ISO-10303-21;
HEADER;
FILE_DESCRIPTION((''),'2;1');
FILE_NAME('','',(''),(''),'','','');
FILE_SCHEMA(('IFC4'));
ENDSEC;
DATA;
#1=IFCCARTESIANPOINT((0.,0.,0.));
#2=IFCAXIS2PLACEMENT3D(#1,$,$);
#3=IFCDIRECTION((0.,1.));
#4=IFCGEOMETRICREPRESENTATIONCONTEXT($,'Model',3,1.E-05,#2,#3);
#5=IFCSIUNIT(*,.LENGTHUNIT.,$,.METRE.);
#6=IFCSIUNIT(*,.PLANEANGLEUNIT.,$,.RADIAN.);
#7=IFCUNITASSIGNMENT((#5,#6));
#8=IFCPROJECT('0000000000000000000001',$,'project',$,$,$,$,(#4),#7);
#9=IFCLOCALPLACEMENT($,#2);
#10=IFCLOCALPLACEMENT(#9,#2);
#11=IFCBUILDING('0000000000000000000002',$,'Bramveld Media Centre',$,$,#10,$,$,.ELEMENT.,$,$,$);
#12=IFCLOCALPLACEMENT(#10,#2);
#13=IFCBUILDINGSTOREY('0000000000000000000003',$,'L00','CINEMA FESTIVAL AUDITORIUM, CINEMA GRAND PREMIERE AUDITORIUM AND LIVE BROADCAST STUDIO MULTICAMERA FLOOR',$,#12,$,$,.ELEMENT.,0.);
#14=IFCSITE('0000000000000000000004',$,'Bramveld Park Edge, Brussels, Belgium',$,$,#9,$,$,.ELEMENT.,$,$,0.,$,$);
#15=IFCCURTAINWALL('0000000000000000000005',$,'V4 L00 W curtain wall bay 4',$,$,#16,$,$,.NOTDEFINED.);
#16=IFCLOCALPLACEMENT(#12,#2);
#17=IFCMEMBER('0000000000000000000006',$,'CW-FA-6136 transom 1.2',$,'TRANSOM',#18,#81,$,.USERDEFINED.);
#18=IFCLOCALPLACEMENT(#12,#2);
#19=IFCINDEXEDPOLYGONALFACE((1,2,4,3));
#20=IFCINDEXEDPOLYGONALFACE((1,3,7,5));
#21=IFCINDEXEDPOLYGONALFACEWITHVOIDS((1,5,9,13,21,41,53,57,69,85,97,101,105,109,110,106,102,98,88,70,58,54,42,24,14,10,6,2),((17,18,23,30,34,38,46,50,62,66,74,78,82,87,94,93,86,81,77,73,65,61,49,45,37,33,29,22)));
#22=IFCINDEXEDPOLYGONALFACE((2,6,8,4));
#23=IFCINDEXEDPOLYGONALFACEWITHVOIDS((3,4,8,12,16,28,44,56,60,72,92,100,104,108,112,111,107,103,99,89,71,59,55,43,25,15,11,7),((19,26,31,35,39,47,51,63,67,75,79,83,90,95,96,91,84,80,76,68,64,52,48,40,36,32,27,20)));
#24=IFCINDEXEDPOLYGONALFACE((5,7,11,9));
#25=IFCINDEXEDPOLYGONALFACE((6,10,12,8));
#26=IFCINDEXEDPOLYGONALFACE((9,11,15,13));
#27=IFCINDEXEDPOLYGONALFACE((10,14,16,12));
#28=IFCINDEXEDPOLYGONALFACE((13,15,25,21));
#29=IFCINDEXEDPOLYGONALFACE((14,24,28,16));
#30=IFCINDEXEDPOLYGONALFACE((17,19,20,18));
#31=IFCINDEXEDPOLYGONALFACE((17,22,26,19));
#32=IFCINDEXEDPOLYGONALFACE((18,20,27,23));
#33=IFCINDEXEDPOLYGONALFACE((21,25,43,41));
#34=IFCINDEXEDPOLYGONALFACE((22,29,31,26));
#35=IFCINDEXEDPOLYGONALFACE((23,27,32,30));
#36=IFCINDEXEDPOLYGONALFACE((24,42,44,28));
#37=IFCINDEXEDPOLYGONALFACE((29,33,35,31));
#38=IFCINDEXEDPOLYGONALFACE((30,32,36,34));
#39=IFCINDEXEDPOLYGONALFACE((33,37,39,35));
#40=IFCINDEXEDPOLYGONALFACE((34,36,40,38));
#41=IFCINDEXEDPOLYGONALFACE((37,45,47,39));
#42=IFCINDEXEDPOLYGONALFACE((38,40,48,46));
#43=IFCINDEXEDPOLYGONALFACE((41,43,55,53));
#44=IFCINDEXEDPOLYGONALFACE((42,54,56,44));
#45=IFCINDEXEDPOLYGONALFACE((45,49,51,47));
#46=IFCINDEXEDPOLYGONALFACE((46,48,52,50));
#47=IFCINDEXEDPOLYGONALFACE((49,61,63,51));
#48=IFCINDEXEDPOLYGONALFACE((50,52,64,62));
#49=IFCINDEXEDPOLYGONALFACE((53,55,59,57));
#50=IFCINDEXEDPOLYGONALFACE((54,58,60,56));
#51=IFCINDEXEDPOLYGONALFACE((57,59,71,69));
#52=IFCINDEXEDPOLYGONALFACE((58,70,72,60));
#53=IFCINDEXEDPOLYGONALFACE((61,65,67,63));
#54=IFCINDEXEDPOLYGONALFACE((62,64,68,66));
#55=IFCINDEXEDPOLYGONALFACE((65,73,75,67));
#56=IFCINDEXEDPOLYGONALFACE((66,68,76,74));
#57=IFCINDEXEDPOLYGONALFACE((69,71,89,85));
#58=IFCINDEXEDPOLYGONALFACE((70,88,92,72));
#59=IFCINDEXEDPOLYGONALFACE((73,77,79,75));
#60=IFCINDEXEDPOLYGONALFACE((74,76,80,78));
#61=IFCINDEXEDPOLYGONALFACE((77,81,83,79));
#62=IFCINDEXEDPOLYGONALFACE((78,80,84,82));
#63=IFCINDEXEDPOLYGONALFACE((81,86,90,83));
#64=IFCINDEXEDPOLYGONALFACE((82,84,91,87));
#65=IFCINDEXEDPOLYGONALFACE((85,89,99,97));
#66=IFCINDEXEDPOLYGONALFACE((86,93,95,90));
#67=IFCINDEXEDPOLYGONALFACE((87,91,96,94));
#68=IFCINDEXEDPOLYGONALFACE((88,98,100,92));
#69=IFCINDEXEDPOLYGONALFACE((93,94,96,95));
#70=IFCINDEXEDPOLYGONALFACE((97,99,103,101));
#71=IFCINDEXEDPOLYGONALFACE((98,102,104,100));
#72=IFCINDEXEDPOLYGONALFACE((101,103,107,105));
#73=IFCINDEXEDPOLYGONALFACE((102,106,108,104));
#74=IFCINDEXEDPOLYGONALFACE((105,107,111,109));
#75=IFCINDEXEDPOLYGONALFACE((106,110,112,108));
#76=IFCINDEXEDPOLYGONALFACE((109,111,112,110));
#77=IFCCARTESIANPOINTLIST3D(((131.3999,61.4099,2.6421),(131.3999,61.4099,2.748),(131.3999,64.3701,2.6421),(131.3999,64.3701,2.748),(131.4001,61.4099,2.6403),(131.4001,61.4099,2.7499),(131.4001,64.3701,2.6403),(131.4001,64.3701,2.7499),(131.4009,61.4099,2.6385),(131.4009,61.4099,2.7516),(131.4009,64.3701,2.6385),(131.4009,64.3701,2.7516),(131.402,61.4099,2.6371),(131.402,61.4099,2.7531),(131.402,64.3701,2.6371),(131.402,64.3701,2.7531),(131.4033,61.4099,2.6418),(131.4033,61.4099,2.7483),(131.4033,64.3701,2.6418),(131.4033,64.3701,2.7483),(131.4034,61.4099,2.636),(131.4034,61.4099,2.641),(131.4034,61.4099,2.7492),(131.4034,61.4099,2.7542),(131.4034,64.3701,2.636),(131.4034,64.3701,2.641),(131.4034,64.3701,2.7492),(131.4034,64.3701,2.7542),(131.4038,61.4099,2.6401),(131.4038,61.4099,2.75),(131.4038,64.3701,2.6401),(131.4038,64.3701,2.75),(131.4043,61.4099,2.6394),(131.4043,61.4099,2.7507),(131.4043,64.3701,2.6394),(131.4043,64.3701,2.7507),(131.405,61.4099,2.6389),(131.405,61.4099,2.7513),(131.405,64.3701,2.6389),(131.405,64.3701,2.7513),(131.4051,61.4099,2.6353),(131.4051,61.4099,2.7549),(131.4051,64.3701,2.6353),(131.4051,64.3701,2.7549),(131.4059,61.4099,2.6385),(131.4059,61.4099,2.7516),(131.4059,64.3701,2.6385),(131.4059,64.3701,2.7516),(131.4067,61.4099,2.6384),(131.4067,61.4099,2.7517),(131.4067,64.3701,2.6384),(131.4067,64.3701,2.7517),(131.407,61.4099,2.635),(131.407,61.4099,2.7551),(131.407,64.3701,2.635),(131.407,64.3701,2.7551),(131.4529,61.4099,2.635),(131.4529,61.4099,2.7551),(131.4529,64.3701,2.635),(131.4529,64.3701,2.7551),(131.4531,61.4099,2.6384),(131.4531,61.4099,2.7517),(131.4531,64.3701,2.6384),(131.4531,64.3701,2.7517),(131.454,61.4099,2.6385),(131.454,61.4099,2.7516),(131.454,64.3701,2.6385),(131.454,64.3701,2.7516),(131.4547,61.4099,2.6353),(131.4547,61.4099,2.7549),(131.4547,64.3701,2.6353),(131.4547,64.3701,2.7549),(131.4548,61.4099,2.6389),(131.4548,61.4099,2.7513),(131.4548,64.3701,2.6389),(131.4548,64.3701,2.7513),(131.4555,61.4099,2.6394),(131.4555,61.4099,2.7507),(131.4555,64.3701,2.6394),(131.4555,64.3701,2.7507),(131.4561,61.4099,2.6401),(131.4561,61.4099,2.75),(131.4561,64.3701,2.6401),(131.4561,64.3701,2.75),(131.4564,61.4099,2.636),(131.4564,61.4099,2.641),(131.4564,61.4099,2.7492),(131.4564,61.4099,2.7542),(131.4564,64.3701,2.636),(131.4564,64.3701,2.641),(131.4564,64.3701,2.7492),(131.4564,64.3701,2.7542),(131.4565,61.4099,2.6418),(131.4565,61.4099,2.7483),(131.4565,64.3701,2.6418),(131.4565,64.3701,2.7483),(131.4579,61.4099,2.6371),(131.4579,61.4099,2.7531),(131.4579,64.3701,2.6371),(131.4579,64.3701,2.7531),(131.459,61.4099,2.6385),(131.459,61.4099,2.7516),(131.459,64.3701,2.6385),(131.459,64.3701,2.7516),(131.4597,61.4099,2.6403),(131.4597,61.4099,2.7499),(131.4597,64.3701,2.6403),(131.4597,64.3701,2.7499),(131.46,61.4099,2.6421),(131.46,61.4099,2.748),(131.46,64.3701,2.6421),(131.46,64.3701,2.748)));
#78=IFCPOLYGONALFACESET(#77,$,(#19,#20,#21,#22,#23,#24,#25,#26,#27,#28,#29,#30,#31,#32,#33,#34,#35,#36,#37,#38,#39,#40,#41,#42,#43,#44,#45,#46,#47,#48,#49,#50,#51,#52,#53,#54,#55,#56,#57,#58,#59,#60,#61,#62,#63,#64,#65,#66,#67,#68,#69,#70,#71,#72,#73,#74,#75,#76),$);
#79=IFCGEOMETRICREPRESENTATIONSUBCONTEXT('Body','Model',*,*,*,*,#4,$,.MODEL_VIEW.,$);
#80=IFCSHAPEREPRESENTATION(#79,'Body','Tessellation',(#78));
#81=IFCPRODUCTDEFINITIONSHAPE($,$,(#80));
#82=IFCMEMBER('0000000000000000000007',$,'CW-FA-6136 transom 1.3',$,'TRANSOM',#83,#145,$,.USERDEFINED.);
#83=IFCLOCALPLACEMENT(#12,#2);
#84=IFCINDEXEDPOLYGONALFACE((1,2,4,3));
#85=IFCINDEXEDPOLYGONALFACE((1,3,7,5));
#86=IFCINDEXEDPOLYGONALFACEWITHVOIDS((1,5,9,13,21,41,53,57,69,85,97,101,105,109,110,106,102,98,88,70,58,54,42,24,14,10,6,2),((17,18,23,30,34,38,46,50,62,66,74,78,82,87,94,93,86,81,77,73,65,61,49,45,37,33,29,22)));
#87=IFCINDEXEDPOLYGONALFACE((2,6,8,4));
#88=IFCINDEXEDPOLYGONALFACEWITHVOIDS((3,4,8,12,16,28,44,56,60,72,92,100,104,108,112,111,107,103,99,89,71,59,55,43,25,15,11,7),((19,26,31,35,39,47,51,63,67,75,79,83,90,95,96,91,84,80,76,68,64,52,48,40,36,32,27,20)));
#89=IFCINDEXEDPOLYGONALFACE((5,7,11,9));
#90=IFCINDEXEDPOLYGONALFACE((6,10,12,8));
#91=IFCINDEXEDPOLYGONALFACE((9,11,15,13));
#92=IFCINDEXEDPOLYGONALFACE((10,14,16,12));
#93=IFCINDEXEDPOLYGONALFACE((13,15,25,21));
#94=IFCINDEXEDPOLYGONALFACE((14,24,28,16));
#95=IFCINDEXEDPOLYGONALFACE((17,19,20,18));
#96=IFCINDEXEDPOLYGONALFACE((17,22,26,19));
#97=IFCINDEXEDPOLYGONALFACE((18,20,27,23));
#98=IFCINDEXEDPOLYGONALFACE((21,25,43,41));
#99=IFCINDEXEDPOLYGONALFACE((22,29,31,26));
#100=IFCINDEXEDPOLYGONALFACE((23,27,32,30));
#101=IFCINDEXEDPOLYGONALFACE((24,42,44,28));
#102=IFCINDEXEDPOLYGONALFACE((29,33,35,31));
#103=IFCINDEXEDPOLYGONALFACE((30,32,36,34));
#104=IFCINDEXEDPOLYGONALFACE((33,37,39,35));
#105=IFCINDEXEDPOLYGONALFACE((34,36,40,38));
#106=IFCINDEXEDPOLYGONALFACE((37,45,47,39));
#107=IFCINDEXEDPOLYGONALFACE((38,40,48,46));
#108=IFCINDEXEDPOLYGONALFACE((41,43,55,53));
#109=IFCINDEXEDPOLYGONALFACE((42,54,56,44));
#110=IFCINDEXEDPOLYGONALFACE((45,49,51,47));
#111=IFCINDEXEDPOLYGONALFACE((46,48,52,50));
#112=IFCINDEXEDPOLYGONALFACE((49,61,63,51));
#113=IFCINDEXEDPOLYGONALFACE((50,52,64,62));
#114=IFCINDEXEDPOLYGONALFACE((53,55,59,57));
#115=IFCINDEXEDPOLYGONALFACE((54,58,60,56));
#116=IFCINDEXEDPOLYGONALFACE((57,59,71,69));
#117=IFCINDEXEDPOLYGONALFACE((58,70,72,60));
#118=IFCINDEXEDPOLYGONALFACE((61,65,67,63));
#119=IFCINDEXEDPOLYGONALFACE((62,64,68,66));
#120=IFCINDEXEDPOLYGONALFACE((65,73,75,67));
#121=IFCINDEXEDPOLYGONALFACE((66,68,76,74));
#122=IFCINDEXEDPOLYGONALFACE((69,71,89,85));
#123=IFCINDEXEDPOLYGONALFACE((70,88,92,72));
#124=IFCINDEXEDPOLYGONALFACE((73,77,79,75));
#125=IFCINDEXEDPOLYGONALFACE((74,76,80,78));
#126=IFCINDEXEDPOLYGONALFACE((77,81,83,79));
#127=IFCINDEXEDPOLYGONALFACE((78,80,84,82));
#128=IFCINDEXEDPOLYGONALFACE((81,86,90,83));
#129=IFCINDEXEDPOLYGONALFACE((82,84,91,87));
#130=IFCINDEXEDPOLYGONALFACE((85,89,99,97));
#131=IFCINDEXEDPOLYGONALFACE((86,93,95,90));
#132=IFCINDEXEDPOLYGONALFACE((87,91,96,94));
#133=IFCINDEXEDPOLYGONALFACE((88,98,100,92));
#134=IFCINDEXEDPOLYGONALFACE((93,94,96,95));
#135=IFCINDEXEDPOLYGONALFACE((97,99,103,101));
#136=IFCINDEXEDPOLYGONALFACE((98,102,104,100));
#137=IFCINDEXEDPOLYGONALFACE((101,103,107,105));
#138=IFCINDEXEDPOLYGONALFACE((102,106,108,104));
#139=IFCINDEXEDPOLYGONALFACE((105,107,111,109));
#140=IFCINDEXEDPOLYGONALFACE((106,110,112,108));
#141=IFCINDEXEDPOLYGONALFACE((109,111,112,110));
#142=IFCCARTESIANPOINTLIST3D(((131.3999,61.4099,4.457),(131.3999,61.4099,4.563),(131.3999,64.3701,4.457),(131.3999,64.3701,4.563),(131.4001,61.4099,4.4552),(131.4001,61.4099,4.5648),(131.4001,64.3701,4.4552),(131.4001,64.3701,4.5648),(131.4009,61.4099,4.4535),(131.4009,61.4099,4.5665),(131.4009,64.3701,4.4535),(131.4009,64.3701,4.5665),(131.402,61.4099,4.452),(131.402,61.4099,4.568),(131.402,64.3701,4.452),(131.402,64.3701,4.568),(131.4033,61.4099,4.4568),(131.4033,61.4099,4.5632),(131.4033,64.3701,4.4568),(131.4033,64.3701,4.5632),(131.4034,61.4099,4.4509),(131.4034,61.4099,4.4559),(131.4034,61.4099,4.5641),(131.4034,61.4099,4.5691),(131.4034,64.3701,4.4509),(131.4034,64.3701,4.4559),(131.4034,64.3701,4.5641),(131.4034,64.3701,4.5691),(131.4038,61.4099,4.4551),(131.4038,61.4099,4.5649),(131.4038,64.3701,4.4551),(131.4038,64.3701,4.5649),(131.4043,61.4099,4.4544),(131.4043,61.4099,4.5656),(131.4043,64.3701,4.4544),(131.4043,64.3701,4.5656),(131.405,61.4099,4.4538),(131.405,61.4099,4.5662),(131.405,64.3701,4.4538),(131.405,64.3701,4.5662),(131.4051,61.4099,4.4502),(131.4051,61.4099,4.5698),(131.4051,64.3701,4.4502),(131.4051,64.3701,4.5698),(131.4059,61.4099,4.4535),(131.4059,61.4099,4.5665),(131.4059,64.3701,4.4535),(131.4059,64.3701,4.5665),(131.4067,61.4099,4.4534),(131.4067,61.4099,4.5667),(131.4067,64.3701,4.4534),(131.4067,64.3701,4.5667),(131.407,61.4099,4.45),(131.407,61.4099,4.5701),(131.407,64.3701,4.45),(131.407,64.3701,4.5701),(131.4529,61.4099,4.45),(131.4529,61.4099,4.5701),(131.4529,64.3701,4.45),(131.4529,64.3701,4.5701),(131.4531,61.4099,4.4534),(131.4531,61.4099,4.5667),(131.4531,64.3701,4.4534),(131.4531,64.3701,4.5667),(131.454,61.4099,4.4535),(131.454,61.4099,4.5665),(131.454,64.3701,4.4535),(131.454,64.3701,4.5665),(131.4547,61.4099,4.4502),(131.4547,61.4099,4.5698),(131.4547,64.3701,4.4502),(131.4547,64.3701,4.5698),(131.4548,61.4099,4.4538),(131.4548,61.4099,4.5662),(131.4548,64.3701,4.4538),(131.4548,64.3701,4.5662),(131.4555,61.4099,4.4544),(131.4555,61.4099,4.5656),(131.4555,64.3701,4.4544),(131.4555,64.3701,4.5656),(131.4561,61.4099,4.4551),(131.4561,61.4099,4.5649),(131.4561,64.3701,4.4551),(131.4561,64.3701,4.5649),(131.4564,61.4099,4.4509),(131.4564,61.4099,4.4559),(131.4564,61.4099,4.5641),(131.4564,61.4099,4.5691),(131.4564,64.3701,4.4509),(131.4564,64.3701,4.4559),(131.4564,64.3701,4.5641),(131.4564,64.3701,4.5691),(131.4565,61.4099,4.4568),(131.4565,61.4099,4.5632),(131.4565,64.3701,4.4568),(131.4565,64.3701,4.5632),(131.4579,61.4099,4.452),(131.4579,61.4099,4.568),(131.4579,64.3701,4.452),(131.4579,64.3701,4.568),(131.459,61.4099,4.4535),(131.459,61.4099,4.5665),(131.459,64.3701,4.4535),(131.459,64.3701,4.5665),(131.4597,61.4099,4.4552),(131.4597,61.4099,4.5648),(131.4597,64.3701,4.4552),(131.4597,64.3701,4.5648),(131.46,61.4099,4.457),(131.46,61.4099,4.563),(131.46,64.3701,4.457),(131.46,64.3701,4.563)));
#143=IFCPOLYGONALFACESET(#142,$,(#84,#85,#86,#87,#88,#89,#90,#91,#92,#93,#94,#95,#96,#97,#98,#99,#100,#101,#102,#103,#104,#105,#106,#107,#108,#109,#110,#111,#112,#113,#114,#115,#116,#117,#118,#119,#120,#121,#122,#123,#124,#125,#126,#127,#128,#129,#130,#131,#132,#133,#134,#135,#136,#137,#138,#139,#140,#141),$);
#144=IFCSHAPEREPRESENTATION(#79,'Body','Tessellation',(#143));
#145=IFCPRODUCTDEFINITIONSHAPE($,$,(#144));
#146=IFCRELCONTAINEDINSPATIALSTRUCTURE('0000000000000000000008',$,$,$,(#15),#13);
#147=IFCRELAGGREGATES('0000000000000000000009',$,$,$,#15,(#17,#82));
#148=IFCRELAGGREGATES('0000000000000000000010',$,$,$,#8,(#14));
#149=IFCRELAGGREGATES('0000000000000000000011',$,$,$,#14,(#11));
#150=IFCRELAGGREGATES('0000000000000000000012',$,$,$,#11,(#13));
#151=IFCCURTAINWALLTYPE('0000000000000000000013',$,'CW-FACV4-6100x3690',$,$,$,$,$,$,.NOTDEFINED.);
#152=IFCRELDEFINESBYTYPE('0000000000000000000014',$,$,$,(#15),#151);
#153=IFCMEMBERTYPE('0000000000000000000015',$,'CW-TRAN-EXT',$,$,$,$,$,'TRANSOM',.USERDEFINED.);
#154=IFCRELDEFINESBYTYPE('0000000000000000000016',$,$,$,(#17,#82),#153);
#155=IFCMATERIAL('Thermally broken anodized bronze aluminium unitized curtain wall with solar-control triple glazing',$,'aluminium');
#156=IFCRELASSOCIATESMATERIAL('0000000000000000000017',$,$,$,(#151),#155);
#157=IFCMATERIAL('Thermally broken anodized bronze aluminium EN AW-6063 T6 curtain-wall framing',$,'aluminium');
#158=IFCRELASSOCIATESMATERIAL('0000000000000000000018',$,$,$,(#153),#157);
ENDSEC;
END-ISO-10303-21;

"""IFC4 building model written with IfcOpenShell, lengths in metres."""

from ifc_helpers import new_model, si_unit, direction, frame, origin, origin_2d, place, context, subcontext, project, spatial, hollow_rectangle, extrude, material, material_profile, profile_set, type_object, element, aggregate, save


model = new_model("IFC4")

# Units and contexts
model_context = context("Model", 3, precision=1e-05, world=origin(), true_north=direction((0.0, 1.0)))
body_context = subcontext(model_context, "Body", "Model", "MODEL_VIEW")
ifc_project = project(units=[si_unit("LENGTHUNIT", "METRE"), si_unit("PLANEANGLEUNIT", "RADIAN")], contexts=[model_context])

# Site, building, storey
site_placement = place(None, origin())
site = spatial("IfcSite", under=ifc_project, at=site_placement, Name="Bramveld Park Edge, Brussels, Belgium", CompositionType="ELEMENT", RefElevation=0.0)
building_placement = place(site_placement, origin())
building = spatial("IfcBuilding", under=site, at=building_placement, Name="Bramveld Media Centre", CompositionType="ELEMENT")
storey_placement = place(building_placement, origin())
storey = spatial("IfcBuildingStorey", under=building, at=storey_placement, Name="L00", Description="CINEMA FESTIVAL AUDITORIUM, CINEMA GRAND PREMIERE AUDITORIUM AND LIVE BROADCAST STUDIO MULTICAMERA FLOOR", CompositionType="ELEMENT", Elevation=0.0)

# Curtain wall, members
ifc_material_1 = material(Name="Thermally broken anodized bronze aluminium unitized curtain wall with solar-control triple glazing", Category="aluminium")
curtain_wall_type = type_object("IfcCurtainWallType", Name="CW-FACV4-6100x3690", PredefinedType="NOTDEFINED", material=ifc_material_1)
curtain_wall_placement = place(storey_placement, origin())
curtain_wall = element("IfcCurtainWall", 1, at=curtain_wall_placement, inside=storey, type_object=curtain_wall_type, Name="V4 L00 W curtain wall bay 4", PredefinedType="NOTDEFINED")
ifc_material_2 = material(Name="Thermally broken anodized bronze aluminium EN AW-6063 T6 curtain-wall framing", Category="aluminium")
ifc_material_profile_1 = material_profile(ifc_material_2, hollow_rectangle(XDim=0.0601, YDim=0.1201, WallThickness=0.0034, InnerFilletRadius=0.0034, OuterFilletRadius=0.0071, at=origin_2d()), Name="AL-TRAN 60x120")
ifc_profile_set_1 = profile_set([ifc_material_profile_1], Name="Thermally broken anodized bronze aluminium EN AW-6063 T6 curtain-wall framing")
member_type_1 = type_object("IfcMemberType", Name="CW-TRAN-EXT", ElementType="TRANSOM", PredefinedType="USERDEFINED", material=ifc_profile_set_1)
member_1_placement = place(storey_placement, frame((131.4299, 61.4099, 2.6951), z_axis=(0.0, 1.0, 0.0), x_axis=(-1.0, 0.0, 0.0)))
member_1 = element("IfcMember", 2, at=member_1_placement, type_object=member_type_1, Name="CW-FA-6136 transom 1.2", ObjectType="TRANSOM", PredefinedType="USERDEFINED", context=body_context, shape_type="SweptSolid", body=[
    extrude(hollow_rectangle(XDim=0.0601, YDim=0.1201, WallThickness=0.0034, InnerFilletRadius=0.0034, OuterFilletRadius=0.0071, at=origin_2d()), origin(), (0.0, 0.0, 1.0), 2.9602),
])
member_2_placement = place(storey_placement, frame((131.4299, 61.4099, 4.51), z_axis=(0.0, 1.0, 0.0), x_axis=(-1.0, 0.0, 0.0)))
member_2 = element("IfcMember", 3, at=member_2_placement, type_object=member_type_1, Name="CW-FA-6136 transom 1.3", ObjectType="TRANSOM", PredefinedType="USERDEFINED", context=body_context, shape_type="SweptSolid", body=[
    extrude(hollow_rectangle(XDim=0.0601, YDim=0.1201, WallThickness=0.0034, InnerFilletRadius=0.0034, OuterFilletRadius=0.0071, at=origin_2d()), origin(), (0.0, 0.0, 1.0), 2.9602),
])

aggregate(curtain_wall, [member_1, member_2])

save(model, "model.ifc")
